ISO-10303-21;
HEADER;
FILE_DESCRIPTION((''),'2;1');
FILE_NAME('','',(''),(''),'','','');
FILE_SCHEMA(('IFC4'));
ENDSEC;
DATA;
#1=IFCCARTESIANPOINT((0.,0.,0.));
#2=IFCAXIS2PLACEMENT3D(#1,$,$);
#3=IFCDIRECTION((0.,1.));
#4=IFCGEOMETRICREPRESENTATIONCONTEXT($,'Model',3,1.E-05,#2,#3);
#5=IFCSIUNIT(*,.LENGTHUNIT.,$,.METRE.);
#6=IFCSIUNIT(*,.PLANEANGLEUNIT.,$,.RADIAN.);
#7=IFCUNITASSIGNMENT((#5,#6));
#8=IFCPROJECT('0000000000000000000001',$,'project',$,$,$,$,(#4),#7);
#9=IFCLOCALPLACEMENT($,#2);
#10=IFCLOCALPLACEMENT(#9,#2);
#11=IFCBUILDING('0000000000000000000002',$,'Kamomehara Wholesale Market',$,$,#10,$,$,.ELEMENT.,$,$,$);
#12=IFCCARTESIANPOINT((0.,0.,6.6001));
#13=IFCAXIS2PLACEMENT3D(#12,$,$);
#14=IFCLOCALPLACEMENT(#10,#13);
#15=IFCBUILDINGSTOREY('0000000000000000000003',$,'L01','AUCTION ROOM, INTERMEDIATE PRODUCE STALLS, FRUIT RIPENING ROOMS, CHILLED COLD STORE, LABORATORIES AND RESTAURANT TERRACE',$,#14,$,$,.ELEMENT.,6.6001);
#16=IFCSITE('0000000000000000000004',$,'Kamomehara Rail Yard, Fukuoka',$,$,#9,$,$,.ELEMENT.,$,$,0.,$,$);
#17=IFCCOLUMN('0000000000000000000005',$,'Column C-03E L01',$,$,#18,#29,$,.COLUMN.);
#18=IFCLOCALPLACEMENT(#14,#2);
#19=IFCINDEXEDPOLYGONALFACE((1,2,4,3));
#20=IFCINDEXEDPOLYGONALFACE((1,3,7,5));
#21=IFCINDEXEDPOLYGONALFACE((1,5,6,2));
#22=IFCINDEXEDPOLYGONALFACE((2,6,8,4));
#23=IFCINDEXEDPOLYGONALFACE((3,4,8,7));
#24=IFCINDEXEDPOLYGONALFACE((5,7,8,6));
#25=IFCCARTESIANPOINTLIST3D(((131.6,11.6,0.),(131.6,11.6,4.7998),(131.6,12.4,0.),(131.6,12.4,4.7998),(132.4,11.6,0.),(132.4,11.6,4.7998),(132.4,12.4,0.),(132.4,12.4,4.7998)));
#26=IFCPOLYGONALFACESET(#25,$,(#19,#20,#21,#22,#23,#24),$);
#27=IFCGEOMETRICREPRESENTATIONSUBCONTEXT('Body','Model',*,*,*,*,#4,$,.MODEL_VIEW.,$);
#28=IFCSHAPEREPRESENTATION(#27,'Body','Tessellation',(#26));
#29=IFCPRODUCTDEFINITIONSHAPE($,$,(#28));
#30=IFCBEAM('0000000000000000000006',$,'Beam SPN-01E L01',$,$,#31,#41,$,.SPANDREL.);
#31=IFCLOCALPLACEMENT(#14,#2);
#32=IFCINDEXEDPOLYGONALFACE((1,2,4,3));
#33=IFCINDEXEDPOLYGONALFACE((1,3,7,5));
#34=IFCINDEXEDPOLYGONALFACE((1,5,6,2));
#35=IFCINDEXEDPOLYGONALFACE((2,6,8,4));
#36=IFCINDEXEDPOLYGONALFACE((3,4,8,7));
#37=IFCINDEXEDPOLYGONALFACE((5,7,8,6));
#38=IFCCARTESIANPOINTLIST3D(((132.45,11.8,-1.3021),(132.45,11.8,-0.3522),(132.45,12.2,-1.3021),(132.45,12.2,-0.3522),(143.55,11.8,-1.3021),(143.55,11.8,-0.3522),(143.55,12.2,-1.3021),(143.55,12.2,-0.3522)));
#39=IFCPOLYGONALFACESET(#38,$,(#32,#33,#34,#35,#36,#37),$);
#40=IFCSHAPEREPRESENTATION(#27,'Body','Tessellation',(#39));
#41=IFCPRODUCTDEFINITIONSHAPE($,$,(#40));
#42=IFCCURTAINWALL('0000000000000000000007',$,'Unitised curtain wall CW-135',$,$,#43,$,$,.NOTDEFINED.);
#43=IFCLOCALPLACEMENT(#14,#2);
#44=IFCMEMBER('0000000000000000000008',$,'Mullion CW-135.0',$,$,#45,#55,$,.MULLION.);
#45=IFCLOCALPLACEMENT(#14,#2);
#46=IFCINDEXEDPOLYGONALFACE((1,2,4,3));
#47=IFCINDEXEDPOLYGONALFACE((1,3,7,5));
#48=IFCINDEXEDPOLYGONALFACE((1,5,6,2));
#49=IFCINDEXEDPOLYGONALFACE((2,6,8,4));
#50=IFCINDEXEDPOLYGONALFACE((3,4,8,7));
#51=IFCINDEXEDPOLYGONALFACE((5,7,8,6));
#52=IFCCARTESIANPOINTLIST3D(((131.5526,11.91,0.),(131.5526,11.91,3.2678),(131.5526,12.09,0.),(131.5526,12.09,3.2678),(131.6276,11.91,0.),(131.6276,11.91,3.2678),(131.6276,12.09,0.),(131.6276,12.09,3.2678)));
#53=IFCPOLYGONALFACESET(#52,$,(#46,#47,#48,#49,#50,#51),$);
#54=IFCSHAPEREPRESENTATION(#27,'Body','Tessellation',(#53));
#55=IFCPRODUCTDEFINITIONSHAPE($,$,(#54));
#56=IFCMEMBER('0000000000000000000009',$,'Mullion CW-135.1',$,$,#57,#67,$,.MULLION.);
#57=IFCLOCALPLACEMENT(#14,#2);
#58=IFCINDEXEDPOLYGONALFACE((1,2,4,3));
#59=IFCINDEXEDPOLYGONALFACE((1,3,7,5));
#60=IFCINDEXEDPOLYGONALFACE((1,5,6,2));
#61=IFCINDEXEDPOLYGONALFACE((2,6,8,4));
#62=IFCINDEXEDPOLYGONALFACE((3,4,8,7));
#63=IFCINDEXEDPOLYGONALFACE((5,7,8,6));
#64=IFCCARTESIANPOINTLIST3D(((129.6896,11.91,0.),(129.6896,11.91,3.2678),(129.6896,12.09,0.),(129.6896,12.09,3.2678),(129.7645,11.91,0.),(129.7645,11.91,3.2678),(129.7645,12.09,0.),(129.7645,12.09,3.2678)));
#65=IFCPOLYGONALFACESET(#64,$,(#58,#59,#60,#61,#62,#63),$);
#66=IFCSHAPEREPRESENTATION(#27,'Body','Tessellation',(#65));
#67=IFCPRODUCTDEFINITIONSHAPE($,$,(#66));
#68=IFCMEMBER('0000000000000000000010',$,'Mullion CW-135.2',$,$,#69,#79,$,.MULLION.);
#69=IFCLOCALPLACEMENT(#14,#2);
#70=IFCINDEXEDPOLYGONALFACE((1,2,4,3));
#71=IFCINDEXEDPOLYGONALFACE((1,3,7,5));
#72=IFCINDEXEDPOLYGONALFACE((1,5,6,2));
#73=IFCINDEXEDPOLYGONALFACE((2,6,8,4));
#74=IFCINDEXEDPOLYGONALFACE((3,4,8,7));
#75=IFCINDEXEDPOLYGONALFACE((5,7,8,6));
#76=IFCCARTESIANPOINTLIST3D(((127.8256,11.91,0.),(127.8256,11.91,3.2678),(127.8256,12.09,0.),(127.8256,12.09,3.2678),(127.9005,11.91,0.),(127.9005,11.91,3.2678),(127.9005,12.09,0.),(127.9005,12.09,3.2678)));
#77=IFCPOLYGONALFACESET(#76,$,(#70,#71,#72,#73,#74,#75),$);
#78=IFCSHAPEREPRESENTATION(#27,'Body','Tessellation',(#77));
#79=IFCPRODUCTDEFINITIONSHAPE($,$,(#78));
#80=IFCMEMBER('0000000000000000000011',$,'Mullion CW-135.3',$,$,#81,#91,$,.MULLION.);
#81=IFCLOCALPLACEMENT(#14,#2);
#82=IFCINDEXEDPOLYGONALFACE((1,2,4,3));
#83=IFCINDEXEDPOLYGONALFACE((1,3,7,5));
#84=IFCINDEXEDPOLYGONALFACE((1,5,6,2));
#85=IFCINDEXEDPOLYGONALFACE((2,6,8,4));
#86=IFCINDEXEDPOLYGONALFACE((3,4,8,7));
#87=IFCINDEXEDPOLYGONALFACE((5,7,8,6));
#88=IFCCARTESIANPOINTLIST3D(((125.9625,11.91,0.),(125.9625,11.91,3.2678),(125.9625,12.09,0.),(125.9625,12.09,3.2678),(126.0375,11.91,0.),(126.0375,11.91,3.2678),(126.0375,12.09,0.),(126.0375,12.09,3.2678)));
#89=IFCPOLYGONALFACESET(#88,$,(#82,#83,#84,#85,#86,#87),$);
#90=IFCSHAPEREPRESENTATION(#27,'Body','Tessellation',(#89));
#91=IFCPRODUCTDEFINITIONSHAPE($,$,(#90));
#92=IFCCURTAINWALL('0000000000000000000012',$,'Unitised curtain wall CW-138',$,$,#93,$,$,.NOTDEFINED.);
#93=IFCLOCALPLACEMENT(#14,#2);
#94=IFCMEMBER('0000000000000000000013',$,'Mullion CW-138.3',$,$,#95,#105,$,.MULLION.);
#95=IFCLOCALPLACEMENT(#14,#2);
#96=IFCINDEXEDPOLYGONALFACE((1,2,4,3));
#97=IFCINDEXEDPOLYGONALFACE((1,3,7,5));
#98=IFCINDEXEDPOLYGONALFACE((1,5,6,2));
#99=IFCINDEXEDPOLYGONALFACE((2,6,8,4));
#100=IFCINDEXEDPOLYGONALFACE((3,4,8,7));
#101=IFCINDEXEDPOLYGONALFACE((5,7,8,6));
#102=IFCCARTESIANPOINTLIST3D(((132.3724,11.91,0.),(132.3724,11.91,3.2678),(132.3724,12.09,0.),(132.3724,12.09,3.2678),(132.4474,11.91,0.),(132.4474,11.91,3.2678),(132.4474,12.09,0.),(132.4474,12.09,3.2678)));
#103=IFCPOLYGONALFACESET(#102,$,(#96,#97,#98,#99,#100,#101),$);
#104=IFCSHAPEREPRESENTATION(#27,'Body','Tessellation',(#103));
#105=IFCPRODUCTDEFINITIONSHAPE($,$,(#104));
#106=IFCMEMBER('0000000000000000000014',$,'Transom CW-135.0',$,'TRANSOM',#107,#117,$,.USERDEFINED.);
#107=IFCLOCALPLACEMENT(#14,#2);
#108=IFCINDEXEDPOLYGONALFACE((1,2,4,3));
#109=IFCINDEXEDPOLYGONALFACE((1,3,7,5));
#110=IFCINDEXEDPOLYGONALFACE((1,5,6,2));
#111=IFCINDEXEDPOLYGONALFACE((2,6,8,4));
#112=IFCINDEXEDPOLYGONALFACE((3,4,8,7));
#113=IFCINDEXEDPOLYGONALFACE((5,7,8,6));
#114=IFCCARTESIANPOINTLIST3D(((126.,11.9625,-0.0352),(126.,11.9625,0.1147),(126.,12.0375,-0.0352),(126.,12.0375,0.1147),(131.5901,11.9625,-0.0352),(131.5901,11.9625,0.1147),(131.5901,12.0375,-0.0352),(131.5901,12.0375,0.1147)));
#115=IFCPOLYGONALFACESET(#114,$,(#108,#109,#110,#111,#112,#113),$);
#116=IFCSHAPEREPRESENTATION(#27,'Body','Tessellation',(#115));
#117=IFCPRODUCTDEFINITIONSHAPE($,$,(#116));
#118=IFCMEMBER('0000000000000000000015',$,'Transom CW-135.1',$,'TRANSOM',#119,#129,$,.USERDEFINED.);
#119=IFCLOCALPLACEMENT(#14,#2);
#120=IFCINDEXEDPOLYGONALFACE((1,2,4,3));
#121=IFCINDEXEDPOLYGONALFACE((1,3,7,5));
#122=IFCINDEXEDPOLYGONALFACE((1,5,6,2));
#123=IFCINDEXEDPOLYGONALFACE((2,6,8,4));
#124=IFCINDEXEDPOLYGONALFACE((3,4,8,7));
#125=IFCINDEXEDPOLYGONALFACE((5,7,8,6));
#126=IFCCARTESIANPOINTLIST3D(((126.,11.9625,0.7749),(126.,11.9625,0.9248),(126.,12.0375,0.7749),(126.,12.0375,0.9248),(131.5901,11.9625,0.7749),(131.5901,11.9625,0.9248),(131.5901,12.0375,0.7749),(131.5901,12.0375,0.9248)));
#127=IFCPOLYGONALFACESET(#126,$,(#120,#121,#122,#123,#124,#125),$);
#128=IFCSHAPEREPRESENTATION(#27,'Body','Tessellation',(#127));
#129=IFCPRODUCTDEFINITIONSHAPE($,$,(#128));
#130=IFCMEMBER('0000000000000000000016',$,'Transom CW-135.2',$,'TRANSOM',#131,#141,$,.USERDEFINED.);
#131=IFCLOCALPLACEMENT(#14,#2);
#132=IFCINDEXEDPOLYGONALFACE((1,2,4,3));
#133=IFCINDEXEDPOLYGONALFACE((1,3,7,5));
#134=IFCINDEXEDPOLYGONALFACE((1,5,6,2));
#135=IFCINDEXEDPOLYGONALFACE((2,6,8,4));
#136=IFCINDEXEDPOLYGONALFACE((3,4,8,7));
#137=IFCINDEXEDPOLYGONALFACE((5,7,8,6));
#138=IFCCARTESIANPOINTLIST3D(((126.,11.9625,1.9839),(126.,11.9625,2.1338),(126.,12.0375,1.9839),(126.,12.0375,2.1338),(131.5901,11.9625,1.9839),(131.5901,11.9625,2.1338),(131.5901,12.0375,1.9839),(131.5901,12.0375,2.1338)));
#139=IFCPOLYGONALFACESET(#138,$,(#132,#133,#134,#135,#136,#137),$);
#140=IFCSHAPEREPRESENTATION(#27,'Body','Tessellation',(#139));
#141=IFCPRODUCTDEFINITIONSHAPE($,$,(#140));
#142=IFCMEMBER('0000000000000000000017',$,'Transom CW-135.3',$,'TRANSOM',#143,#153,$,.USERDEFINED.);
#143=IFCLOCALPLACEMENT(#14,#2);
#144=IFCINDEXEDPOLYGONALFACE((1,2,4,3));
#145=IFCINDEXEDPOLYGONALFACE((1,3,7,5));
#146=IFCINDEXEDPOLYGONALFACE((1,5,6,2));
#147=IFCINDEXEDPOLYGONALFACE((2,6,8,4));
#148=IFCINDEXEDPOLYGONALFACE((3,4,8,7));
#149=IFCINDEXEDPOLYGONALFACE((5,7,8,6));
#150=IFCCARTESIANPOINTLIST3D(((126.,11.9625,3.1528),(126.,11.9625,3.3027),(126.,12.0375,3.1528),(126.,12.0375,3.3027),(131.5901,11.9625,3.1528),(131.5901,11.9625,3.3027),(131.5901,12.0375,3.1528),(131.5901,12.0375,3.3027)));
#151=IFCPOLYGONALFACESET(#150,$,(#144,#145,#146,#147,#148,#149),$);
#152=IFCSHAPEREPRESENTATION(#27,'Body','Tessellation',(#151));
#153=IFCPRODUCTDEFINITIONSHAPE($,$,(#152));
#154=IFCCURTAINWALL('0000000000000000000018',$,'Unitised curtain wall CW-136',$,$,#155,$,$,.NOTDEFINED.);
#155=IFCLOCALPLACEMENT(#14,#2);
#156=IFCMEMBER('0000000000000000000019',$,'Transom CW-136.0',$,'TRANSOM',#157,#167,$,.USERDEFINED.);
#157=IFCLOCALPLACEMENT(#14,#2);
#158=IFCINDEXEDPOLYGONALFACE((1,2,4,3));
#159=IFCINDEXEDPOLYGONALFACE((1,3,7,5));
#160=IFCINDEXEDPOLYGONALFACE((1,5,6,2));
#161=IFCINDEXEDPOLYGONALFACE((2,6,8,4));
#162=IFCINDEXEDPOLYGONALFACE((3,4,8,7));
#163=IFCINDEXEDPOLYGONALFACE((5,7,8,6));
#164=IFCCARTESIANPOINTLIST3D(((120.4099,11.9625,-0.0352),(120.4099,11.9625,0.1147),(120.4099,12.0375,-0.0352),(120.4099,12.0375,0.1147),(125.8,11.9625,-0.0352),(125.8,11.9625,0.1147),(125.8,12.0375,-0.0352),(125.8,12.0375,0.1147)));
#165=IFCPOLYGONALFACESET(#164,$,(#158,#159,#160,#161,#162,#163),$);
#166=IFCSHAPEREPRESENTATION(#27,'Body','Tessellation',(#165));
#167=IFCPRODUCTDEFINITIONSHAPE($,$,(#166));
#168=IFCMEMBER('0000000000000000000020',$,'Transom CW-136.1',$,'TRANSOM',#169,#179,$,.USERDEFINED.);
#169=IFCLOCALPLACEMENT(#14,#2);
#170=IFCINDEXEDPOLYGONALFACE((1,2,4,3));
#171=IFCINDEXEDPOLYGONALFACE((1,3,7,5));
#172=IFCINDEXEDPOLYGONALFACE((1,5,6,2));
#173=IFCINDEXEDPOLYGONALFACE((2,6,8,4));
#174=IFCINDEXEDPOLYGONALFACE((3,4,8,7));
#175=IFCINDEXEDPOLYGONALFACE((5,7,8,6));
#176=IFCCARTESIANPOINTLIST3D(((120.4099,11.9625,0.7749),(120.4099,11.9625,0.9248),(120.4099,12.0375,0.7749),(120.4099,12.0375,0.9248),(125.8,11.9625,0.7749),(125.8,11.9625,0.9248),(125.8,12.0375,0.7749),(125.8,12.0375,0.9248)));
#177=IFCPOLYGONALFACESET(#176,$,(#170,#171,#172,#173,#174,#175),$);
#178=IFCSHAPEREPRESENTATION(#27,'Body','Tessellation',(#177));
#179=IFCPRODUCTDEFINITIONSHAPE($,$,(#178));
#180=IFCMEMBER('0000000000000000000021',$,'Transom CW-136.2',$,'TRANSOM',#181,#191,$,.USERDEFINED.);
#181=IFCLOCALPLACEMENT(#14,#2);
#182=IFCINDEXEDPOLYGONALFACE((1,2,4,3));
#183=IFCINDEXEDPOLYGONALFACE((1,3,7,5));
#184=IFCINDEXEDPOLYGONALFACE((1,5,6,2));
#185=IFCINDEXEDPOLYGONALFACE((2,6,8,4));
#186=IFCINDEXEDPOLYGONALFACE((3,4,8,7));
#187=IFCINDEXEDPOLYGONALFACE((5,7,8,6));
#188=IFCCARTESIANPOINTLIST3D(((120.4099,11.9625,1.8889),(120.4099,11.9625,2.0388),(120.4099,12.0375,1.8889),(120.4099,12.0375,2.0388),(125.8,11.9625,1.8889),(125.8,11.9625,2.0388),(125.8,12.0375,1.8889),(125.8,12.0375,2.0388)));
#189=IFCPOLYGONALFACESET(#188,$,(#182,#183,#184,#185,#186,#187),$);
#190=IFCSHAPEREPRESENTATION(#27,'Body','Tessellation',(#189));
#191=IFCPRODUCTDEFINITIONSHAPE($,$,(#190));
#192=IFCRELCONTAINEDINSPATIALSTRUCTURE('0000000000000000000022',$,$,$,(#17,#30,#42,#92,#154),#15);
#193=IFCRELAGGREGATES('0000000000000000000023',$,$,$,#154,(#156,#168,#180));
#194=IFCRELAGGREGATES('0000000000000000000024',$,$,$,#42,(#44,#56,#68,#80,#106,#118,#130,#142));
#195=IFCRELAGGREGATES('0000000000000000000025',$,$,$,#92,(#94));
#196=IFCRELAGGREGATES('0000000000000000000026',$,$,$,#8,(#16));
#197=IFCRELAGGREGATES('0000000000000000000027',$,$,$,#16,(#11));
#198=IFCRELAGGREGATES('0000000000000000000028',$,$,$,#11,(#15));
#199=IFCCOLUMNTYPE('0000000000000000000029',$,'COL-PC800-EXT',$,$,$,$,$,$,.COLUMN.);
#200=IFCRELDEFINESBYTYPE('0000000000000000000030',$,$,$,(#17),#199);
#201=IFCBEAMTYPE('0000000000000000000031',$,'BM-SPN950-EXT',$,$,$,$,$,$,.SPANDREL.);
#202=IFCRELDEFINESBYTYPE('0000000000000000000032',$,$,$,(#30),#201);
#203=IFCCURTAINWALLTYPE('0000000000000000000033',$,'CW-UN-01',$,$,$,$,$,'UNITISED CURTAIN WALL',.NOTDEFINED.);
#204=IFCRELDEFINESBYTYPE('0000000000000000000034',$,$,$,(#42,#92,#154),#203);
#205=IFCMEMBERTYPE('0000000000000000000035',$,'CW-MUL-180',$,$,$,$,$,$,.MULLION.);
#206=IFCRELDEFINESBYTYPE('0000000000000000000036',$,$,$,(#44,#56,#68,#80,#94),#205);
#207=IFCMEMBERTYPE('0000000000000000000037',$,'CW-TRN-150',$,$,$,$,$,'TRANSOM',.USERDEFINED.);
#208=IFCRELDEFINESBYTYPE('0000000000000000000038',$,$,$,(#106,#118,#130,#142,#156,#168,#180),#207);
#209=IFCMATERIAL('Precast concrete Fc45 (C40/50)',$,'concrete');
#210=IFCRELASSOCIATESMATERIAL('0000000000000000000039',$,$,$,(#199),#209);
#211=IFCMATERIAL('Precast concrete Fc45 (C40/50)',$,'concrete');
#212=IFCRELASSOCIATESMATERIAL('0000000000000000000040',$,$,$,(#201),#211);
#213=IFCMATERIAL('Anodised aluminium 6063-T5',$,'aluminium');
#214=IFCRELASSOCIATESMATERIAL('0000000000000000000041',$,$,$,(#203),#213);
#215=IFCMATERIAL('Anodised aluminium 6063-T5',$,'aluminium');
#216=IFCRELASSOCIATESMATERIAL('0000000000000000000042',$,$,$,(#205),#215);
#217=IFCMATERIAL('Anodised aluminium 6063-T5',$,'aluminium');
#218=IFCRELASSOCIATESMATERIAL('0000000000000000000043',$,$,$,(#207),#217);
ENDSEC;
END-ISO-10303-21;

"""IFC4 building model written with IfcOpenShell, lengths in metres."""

from ifc_helpers import new_model, si_unit, direction, frame, origin, origin_2d, place, context, subcontext, project, spatial, rectangle, extrude, material, material_profile, profile_set, type_object, element, aggregate, save


model = new_model("IFC4")

# Units and contexts
model_context = context("Model", 3, precision=1e-05, world=origin(), true_north=direction((0.0, 1.0)))
body_context = subcontext(model_context, "Body", "Model", "MODEL_VIEW")
ifc_project = project(units=[si_unit("LENGTHUNIT", "METRE"), si_unit("PLANEANGLEUNIT", "RADIAN")], contexts=[model_context])

# Site, building, storey
site_placement = place(None, origin())
site = spatial("IfcSite", under=ifc_project, at=site_placement, Name="Kamomehara Rail Yard, Fukuoka", CompositionType="ELEMENT", RefElevation=0.0)
building_placement = place(site_placement, origin())
building = spatial("IfcBuilding", under=site, at=building_placement, Name="Kamomehara Wholesale Market", CompositionType="ELEMENT")
storey_placement = place(building_placement, frame((0.0, 0.0, 6.6001)))
storey = spatial("IfcBuildingStorey", under=building, at=storey_placement, Name="L01", Description="AUCTION ROOM, INTERMEDIATE PRODUCE STALLS, FRUIT RIPENING ROOMS, CHILLED COLD STORE, LABORATORIES AND RESTAURANT TERRACE", CompositionType="ELEMENT", Elevation=6.6001)

# Column
ifc_material_1 = material(Name="Precast concrete Fc45 (C40/50)", Category="concrete")
ifc_material_profile_1 = material_profile(ifc_material_1, rectangle(XDim=0.8, YDim=0.8, at=origin_2d()), Name="PC-COL-800x800")
ifc_profile_set_1 = profile_set([ifc_material_profile_1], Name="Precast concrete Fc45 (C40/50)")
column_type = type_object("IfcColumnType", Name="COL-PC800-EXT", PredefinedType="COLUMN", material=ifc_profile_set_1)
column_placement = place(storey_placement, frame((132.0, 12.0, 0.0), z_axis=(0.0, 0.0, 1.0), x_axis=(1.0, 0.0, 0.0)))
element("IfcColumn", 1, at=column_placement, inside=storey, type_object=column_type, Name="Column C-03E L01", PredefinedType="COLUMN", context=body_context, shape_type="SweptSolid", body=[
    extrude(rectangle(XDim=0.8, YDim=0.8, at=origin_2d()), origin(), (0.0, 0.0, 1.0), 4.7998),
])

# Beam
ifc_material_2 = material(Name="Precast concrete Fc45 (C40/50)", Category="concrete")
ifc_material_profile_2 = material_profile(ifc_material_2, rectangle(XDim=0.3999, YDim=0.95, at=origin_2d()), Name="PC-SPN-400x950")
ifc_profile_set_2 = profile_set([ifc_material_profile_2], Name="Precast concrete Fc45 (C40/50)")
beam_type = type_object("IfcBeamType", Name="BM-SPN950-EXT", PredefinedType="SPANDREL", material=ifc_profile_set_2)
beam_placement = place(storey_placement, frame((132.45, 12.0, -0.8271), z_axis=(1.0, 0.0, 0.0), x_axis=(0.0, 1.0, 0.0)))
element("IfcBeam", 2, at=beam_placement, inside=storey, type_object=beam_type, Name="Beam SPN-01E L01", PredefinedType="SPANDREL", context=body_context, shape_type="SweptSolid", body=[
    extrude(rectangle(XDim=0.3999, YDim=0.95, at=origin_2d()), origin(), (0.0, 0.0, 1.0), 11.1001),
])

# Curtain wall, members
ifc_material_3 = material(Name="Anodised aluminium 6063-T5", Category="aluminium")
curtain_wall_type = type_object("IfcCurtainWallType", Name="CW-UN-01", ElementType="UNITISED CURTAIN WALL", PredefinedType="NOTDEFINED", material=ifc_material_3)
curtain_wall_1_placement = place(storey_placement, origin())
curtain_wall_1 = element("IfcCurtainWall", 3, at=curtain_wall_1_placement, inside=storey, type_object=curtain_wall_type, Name="Unitised curtain wall CW-135", PredefinedType="NOTDEFINED")
ifc_material_4 = material(Name="Anodised aluminium 6063-T5", Category="aluminium")
ifc_material_profile_3 = material_profile(ifc_material_4, rectangle(XDim=0.075, YDim=0.1799, at=origin_2d()), Name="ALU-MUL-75x180")
ifc_profile_set_3 = profile_set([ifc_material_profile_3], Name="Anodised aluminium 6063-T5")
member_type_1 = type_object("IfcMemberType", Name="CW-MUL-180", PredefinedType="MULLION", material=ifc_profile_set_3)
member_1_placement = place(storey_placement, frame((131.5901, 12.0, 0.0), z_axis=(0.0, 0.0, 1.0), x_axis=(-1.0, 0.0, 0.0)))
member_1 = element("IfcMember", 4, at=member_1_placement, type_object=member_type_1, Name="Mullion CW-135.0", PredefinedType="MULLION", context=body_context, shape_type="SweptSolid", body=[
    extrude(rectangle(XDim=0.075, YDim=0.1799, at=origin_2d()), origin(), (0.0, 0.0, 1.0), 3.2678),
])
member_2_placement = place(storey_placement, frame((129.7271, 12.0, 0.0), z_axis=(0.0, 0.0, 1.0), x_axis=(-1.0, 0.0, 0.0)))
member_2 = element("IfcMember", 5, at=member_2_placement, type_object=member_type_1, Name="Mullion CW-135.1", PredefinedType="MULLION", context=body_context, shape_type="SweptSolid", body=[
    extrude(rectangle(XDim=0.075, YDim=0.1799, at=origin_2d()), origin(), (0.0, 0.0, 1.0), 3.2678),
])
member_3_placement = place(storey_placement, frame((127.863, 12.0, 0.0), z_axis=(0.0, 0.0, 1.0), x_axis=(-1.0, 0.0, 0.0)))
member_3 = element("IfcMember", 6, at=member_3_placement, type_object=member_type_1, Name="Mullion CW-135.2", PredefinedType="MULLION", context=body_context, shape_type="SweptSolid", body=[
    extrude(rectangle(XDim=0.075, YDim=0.1799, at=origin_2d()), origin(), (0.0, 0.0, 1.0), 3.2678),
])
member_4_placement = place(storey_placement, frame((126.0, 12.0, 0.0), z_axis=(0.0, 0.0, 1.0), x_axis=(-1.0, 0.0, 0.0)))
member_4 = element("IfcMember", 7, at=member_4_placement, type_object=member_type_1, Name="Mullion CW-135.3", PredefinedType="MULLION", context=body_context, shape_type="SweptSolid", body=[
    extrude(rectangle(XDim=0.075, YDim=0.1799, at=origin_2d()), origin(), (0.0, 0.0, 1.0), 3.2678),
])

# Curtain wall, member
curtain_wall_2_placement = place(storey_placement, origin())
curtain_wall_2 = element("IfcCurtainWall", 8, at=curtain_wall_2_placement, inside=storey, type_object=curtain_wall_type, Name="Unitised curtain wall CW-138", PredefinedType="NOTDEFINED")
member_5_placement = place(storey_placement, frame((132.4099, 12.0, 0.0), z_axis=(0.0, 0.0, 1.0), x_axis=(-1.0, 0.0, 0.0)))
member_5 = element("IfcMember", 9, at=member_5_placement, type_object=member_type_1, Name="Mullion CW-138.3", PredefinedType="MULLION", context=body_context, shape_type="SweptSolid", body=[
    extrude(rectangle(XDim=0.075, YDim=0.1799, at=origin_2d()), origin(), (0.0, 0.0, 1.0), 3.2678),
])

# Members
ifc_material_5 = material(Name="Anodised aluminium 6063-T5", Category="aluminium")
ifc_material_profile_4 = material_profile(ifc_material_5, rectangle(XDim=0.075, YDim=0.1499, at=origin_2d()), Name="ALU-TRN-75x150")
ifc_profile_set_4 = profile_set([ifc_material_profile_4], Name="Anodised aluminium 6063-T5")
member_type_2 = type_object("IfcMemberType", Name="CW-TRN-150", ElementType="TRANSOM", PredefinedType="USERDEFINED", material=ifc_profile_set_4)
member_6_placement = place(storey_placement, frame((131.5901, 12.0, 0.0398), z_axis=(-1.0, 0.0, 0.0), x_axis=(0.0, -1.0, 0.0)))
member_6 = element("IfcMember", 10, at=member_6_placement, type_object=member_type_2, Name="Transom CW-135.0", ObjectType="TRANSOM", PredefinedType="USERDEFINED", context=body_context, shape_type="SweptSolid", body=[
    extrude(rectangle(XDim=0.075, YDim=0.1499, at=origin_2d()), origin(), (0.0, 0.0, 1.0), 5.5901),
])
member_7_placement = place(storey_placement, frame((131.5901, 12.0, 0.8499), z_axis=(-1.0, 0.0, 0.0), x_axis=(0.0, -1.0, 0.0)))
member_7 = element("IfcMember", 11, at=member_7_placement, type_object=member_type_2, Name="Transom CW-135.1", ObjectType="TRANSOM", PredefinedType="USERDEFINED", context=body_context, shape_type="SweptSolid", body=[
    extrude(rectangle(XDim=0.075, YDim=0.1499, at=origin_2d()), origin(), (0.0, 0.0, 1.0), 5.5901),
])
member_8_placement = place(storey_placement, frame((131.5901, 12.0, 2.0588), z_axis=(-1.0, 0.0, 0.0), x_axis=(0.0, -1.0, 0.0)))
member_8 = element("IfcMember", 12, at=member_8_placement, type_object=member_type_2, Name="Transom CW-135.2", ObjectType="TRANSOM", PredefinedType="USERDEFINED", context=body_context, shape_type="SweptSolid", body=[
    extrude(rectangle(XDim=0.075, YDim=0.1499, at=origin_2d()), origin(), (0.0, 0.0, 1.0), 5.5901),
])
member_9_placement = place(storey_placement, frame((131.5901, 12.0, 3.2278), z_axis=(-1.0, 0.0, 0.0), x_axis=(0.0, -1.0, 0.0)))
member_9 = element("IfcMember", 13, at=member_9_placement, type_object=member_type_2, Name="Transom CW-135.3", ObjectType="TRANSOM", PredefinedType="USERDEFINED", context=body_context, shape_type="SweptSolid", body=[
    extrude(rectangle(XDim=0.075, YDim=0.1499, at=origin_2d()), origin(), (0.0, 0.0, 1.0), 5.5901),
])

# Curtain wall, members
curtain_wall_3_placement = place(storey_placement, origin())
curtain_wall_3 = element("IfcCurtainWall", 14, at=curtain_wall_3_placement, inside=storey, type_object=curtain_wall_type, Name="Unitised curtain wall CW-136", PredefinedType="NOTDEFINED")
member_10_placement = place(storey_placement, frame((125.8, 12.0, 0.0398), z_axis=(-1.0, 0.0, 0.0), x_axis=(0.0, -1.0, 0.0)))
member_10 = element("IfcMember", 15, at=member_10_placement, type_object=member_type_2, Name="Transom CW-136.0", ObjectType="TRANSOM", PredefinedType="USERDEFINED", context=body_context, shape_type="SweptSolid", body=[
    extrude(rectangle(XDim=0.075, YDim=0.1499, at=origin_2d()), origin(), (0.0, 0.0, 1.0), 5.3901),
])
member_11_placement = place(storey_placement, frame((125.8, 12.0, 0.8499), z_axis=(-1.0, 0.0, 0.0), x_axis=(0.0, -1.0, 0.0)))
member_11 = element("IfcMember", 16, at=member_11_placement, type_object=member_type_2, Name="Transom CW-136.1", ObjectType="TRANSOM", PredefinedType="USERDEFINED", context=body_context, shape_type="SweptSolid", body=[
    extrude(rectangle(XDim=0.075, YDim=0.1499, at=origin_2d()), origin(), (0.0, 0.0, 1.0), 5.3901),
])
member_12_placement = place(storey_placement, frame((125.8, 12.0, 1.9639), z_axis=(-1.0, 0.0, 0.0), x_axis=(0.0, -1.0, 0.0)))
member_12 = element("IfcMember", 17, at=member_12_placement, type_object=member_type_2, Name="Transom CW-136.2", ObjectType="TRANSOM", PredefinedType="USERDEFINED", context=body_context, shape_type="SweptSolid", body=[
    extrude(rectangle(XDim=0.075, YDim=0.1499, at=origin_2d()), origin(), (0.0, 0.0, 1.0), 5.3901),
])
aggregate(curtain_wall_3, [member_10, member_11, member_12])

aggregate(curtain_wall_1, [member_1, member_2, member_3, member_4, member_6, member_7, member_8, member_9])
aggregate(curtain_wall_2, [member_5])

save(model, "model.ifc")
